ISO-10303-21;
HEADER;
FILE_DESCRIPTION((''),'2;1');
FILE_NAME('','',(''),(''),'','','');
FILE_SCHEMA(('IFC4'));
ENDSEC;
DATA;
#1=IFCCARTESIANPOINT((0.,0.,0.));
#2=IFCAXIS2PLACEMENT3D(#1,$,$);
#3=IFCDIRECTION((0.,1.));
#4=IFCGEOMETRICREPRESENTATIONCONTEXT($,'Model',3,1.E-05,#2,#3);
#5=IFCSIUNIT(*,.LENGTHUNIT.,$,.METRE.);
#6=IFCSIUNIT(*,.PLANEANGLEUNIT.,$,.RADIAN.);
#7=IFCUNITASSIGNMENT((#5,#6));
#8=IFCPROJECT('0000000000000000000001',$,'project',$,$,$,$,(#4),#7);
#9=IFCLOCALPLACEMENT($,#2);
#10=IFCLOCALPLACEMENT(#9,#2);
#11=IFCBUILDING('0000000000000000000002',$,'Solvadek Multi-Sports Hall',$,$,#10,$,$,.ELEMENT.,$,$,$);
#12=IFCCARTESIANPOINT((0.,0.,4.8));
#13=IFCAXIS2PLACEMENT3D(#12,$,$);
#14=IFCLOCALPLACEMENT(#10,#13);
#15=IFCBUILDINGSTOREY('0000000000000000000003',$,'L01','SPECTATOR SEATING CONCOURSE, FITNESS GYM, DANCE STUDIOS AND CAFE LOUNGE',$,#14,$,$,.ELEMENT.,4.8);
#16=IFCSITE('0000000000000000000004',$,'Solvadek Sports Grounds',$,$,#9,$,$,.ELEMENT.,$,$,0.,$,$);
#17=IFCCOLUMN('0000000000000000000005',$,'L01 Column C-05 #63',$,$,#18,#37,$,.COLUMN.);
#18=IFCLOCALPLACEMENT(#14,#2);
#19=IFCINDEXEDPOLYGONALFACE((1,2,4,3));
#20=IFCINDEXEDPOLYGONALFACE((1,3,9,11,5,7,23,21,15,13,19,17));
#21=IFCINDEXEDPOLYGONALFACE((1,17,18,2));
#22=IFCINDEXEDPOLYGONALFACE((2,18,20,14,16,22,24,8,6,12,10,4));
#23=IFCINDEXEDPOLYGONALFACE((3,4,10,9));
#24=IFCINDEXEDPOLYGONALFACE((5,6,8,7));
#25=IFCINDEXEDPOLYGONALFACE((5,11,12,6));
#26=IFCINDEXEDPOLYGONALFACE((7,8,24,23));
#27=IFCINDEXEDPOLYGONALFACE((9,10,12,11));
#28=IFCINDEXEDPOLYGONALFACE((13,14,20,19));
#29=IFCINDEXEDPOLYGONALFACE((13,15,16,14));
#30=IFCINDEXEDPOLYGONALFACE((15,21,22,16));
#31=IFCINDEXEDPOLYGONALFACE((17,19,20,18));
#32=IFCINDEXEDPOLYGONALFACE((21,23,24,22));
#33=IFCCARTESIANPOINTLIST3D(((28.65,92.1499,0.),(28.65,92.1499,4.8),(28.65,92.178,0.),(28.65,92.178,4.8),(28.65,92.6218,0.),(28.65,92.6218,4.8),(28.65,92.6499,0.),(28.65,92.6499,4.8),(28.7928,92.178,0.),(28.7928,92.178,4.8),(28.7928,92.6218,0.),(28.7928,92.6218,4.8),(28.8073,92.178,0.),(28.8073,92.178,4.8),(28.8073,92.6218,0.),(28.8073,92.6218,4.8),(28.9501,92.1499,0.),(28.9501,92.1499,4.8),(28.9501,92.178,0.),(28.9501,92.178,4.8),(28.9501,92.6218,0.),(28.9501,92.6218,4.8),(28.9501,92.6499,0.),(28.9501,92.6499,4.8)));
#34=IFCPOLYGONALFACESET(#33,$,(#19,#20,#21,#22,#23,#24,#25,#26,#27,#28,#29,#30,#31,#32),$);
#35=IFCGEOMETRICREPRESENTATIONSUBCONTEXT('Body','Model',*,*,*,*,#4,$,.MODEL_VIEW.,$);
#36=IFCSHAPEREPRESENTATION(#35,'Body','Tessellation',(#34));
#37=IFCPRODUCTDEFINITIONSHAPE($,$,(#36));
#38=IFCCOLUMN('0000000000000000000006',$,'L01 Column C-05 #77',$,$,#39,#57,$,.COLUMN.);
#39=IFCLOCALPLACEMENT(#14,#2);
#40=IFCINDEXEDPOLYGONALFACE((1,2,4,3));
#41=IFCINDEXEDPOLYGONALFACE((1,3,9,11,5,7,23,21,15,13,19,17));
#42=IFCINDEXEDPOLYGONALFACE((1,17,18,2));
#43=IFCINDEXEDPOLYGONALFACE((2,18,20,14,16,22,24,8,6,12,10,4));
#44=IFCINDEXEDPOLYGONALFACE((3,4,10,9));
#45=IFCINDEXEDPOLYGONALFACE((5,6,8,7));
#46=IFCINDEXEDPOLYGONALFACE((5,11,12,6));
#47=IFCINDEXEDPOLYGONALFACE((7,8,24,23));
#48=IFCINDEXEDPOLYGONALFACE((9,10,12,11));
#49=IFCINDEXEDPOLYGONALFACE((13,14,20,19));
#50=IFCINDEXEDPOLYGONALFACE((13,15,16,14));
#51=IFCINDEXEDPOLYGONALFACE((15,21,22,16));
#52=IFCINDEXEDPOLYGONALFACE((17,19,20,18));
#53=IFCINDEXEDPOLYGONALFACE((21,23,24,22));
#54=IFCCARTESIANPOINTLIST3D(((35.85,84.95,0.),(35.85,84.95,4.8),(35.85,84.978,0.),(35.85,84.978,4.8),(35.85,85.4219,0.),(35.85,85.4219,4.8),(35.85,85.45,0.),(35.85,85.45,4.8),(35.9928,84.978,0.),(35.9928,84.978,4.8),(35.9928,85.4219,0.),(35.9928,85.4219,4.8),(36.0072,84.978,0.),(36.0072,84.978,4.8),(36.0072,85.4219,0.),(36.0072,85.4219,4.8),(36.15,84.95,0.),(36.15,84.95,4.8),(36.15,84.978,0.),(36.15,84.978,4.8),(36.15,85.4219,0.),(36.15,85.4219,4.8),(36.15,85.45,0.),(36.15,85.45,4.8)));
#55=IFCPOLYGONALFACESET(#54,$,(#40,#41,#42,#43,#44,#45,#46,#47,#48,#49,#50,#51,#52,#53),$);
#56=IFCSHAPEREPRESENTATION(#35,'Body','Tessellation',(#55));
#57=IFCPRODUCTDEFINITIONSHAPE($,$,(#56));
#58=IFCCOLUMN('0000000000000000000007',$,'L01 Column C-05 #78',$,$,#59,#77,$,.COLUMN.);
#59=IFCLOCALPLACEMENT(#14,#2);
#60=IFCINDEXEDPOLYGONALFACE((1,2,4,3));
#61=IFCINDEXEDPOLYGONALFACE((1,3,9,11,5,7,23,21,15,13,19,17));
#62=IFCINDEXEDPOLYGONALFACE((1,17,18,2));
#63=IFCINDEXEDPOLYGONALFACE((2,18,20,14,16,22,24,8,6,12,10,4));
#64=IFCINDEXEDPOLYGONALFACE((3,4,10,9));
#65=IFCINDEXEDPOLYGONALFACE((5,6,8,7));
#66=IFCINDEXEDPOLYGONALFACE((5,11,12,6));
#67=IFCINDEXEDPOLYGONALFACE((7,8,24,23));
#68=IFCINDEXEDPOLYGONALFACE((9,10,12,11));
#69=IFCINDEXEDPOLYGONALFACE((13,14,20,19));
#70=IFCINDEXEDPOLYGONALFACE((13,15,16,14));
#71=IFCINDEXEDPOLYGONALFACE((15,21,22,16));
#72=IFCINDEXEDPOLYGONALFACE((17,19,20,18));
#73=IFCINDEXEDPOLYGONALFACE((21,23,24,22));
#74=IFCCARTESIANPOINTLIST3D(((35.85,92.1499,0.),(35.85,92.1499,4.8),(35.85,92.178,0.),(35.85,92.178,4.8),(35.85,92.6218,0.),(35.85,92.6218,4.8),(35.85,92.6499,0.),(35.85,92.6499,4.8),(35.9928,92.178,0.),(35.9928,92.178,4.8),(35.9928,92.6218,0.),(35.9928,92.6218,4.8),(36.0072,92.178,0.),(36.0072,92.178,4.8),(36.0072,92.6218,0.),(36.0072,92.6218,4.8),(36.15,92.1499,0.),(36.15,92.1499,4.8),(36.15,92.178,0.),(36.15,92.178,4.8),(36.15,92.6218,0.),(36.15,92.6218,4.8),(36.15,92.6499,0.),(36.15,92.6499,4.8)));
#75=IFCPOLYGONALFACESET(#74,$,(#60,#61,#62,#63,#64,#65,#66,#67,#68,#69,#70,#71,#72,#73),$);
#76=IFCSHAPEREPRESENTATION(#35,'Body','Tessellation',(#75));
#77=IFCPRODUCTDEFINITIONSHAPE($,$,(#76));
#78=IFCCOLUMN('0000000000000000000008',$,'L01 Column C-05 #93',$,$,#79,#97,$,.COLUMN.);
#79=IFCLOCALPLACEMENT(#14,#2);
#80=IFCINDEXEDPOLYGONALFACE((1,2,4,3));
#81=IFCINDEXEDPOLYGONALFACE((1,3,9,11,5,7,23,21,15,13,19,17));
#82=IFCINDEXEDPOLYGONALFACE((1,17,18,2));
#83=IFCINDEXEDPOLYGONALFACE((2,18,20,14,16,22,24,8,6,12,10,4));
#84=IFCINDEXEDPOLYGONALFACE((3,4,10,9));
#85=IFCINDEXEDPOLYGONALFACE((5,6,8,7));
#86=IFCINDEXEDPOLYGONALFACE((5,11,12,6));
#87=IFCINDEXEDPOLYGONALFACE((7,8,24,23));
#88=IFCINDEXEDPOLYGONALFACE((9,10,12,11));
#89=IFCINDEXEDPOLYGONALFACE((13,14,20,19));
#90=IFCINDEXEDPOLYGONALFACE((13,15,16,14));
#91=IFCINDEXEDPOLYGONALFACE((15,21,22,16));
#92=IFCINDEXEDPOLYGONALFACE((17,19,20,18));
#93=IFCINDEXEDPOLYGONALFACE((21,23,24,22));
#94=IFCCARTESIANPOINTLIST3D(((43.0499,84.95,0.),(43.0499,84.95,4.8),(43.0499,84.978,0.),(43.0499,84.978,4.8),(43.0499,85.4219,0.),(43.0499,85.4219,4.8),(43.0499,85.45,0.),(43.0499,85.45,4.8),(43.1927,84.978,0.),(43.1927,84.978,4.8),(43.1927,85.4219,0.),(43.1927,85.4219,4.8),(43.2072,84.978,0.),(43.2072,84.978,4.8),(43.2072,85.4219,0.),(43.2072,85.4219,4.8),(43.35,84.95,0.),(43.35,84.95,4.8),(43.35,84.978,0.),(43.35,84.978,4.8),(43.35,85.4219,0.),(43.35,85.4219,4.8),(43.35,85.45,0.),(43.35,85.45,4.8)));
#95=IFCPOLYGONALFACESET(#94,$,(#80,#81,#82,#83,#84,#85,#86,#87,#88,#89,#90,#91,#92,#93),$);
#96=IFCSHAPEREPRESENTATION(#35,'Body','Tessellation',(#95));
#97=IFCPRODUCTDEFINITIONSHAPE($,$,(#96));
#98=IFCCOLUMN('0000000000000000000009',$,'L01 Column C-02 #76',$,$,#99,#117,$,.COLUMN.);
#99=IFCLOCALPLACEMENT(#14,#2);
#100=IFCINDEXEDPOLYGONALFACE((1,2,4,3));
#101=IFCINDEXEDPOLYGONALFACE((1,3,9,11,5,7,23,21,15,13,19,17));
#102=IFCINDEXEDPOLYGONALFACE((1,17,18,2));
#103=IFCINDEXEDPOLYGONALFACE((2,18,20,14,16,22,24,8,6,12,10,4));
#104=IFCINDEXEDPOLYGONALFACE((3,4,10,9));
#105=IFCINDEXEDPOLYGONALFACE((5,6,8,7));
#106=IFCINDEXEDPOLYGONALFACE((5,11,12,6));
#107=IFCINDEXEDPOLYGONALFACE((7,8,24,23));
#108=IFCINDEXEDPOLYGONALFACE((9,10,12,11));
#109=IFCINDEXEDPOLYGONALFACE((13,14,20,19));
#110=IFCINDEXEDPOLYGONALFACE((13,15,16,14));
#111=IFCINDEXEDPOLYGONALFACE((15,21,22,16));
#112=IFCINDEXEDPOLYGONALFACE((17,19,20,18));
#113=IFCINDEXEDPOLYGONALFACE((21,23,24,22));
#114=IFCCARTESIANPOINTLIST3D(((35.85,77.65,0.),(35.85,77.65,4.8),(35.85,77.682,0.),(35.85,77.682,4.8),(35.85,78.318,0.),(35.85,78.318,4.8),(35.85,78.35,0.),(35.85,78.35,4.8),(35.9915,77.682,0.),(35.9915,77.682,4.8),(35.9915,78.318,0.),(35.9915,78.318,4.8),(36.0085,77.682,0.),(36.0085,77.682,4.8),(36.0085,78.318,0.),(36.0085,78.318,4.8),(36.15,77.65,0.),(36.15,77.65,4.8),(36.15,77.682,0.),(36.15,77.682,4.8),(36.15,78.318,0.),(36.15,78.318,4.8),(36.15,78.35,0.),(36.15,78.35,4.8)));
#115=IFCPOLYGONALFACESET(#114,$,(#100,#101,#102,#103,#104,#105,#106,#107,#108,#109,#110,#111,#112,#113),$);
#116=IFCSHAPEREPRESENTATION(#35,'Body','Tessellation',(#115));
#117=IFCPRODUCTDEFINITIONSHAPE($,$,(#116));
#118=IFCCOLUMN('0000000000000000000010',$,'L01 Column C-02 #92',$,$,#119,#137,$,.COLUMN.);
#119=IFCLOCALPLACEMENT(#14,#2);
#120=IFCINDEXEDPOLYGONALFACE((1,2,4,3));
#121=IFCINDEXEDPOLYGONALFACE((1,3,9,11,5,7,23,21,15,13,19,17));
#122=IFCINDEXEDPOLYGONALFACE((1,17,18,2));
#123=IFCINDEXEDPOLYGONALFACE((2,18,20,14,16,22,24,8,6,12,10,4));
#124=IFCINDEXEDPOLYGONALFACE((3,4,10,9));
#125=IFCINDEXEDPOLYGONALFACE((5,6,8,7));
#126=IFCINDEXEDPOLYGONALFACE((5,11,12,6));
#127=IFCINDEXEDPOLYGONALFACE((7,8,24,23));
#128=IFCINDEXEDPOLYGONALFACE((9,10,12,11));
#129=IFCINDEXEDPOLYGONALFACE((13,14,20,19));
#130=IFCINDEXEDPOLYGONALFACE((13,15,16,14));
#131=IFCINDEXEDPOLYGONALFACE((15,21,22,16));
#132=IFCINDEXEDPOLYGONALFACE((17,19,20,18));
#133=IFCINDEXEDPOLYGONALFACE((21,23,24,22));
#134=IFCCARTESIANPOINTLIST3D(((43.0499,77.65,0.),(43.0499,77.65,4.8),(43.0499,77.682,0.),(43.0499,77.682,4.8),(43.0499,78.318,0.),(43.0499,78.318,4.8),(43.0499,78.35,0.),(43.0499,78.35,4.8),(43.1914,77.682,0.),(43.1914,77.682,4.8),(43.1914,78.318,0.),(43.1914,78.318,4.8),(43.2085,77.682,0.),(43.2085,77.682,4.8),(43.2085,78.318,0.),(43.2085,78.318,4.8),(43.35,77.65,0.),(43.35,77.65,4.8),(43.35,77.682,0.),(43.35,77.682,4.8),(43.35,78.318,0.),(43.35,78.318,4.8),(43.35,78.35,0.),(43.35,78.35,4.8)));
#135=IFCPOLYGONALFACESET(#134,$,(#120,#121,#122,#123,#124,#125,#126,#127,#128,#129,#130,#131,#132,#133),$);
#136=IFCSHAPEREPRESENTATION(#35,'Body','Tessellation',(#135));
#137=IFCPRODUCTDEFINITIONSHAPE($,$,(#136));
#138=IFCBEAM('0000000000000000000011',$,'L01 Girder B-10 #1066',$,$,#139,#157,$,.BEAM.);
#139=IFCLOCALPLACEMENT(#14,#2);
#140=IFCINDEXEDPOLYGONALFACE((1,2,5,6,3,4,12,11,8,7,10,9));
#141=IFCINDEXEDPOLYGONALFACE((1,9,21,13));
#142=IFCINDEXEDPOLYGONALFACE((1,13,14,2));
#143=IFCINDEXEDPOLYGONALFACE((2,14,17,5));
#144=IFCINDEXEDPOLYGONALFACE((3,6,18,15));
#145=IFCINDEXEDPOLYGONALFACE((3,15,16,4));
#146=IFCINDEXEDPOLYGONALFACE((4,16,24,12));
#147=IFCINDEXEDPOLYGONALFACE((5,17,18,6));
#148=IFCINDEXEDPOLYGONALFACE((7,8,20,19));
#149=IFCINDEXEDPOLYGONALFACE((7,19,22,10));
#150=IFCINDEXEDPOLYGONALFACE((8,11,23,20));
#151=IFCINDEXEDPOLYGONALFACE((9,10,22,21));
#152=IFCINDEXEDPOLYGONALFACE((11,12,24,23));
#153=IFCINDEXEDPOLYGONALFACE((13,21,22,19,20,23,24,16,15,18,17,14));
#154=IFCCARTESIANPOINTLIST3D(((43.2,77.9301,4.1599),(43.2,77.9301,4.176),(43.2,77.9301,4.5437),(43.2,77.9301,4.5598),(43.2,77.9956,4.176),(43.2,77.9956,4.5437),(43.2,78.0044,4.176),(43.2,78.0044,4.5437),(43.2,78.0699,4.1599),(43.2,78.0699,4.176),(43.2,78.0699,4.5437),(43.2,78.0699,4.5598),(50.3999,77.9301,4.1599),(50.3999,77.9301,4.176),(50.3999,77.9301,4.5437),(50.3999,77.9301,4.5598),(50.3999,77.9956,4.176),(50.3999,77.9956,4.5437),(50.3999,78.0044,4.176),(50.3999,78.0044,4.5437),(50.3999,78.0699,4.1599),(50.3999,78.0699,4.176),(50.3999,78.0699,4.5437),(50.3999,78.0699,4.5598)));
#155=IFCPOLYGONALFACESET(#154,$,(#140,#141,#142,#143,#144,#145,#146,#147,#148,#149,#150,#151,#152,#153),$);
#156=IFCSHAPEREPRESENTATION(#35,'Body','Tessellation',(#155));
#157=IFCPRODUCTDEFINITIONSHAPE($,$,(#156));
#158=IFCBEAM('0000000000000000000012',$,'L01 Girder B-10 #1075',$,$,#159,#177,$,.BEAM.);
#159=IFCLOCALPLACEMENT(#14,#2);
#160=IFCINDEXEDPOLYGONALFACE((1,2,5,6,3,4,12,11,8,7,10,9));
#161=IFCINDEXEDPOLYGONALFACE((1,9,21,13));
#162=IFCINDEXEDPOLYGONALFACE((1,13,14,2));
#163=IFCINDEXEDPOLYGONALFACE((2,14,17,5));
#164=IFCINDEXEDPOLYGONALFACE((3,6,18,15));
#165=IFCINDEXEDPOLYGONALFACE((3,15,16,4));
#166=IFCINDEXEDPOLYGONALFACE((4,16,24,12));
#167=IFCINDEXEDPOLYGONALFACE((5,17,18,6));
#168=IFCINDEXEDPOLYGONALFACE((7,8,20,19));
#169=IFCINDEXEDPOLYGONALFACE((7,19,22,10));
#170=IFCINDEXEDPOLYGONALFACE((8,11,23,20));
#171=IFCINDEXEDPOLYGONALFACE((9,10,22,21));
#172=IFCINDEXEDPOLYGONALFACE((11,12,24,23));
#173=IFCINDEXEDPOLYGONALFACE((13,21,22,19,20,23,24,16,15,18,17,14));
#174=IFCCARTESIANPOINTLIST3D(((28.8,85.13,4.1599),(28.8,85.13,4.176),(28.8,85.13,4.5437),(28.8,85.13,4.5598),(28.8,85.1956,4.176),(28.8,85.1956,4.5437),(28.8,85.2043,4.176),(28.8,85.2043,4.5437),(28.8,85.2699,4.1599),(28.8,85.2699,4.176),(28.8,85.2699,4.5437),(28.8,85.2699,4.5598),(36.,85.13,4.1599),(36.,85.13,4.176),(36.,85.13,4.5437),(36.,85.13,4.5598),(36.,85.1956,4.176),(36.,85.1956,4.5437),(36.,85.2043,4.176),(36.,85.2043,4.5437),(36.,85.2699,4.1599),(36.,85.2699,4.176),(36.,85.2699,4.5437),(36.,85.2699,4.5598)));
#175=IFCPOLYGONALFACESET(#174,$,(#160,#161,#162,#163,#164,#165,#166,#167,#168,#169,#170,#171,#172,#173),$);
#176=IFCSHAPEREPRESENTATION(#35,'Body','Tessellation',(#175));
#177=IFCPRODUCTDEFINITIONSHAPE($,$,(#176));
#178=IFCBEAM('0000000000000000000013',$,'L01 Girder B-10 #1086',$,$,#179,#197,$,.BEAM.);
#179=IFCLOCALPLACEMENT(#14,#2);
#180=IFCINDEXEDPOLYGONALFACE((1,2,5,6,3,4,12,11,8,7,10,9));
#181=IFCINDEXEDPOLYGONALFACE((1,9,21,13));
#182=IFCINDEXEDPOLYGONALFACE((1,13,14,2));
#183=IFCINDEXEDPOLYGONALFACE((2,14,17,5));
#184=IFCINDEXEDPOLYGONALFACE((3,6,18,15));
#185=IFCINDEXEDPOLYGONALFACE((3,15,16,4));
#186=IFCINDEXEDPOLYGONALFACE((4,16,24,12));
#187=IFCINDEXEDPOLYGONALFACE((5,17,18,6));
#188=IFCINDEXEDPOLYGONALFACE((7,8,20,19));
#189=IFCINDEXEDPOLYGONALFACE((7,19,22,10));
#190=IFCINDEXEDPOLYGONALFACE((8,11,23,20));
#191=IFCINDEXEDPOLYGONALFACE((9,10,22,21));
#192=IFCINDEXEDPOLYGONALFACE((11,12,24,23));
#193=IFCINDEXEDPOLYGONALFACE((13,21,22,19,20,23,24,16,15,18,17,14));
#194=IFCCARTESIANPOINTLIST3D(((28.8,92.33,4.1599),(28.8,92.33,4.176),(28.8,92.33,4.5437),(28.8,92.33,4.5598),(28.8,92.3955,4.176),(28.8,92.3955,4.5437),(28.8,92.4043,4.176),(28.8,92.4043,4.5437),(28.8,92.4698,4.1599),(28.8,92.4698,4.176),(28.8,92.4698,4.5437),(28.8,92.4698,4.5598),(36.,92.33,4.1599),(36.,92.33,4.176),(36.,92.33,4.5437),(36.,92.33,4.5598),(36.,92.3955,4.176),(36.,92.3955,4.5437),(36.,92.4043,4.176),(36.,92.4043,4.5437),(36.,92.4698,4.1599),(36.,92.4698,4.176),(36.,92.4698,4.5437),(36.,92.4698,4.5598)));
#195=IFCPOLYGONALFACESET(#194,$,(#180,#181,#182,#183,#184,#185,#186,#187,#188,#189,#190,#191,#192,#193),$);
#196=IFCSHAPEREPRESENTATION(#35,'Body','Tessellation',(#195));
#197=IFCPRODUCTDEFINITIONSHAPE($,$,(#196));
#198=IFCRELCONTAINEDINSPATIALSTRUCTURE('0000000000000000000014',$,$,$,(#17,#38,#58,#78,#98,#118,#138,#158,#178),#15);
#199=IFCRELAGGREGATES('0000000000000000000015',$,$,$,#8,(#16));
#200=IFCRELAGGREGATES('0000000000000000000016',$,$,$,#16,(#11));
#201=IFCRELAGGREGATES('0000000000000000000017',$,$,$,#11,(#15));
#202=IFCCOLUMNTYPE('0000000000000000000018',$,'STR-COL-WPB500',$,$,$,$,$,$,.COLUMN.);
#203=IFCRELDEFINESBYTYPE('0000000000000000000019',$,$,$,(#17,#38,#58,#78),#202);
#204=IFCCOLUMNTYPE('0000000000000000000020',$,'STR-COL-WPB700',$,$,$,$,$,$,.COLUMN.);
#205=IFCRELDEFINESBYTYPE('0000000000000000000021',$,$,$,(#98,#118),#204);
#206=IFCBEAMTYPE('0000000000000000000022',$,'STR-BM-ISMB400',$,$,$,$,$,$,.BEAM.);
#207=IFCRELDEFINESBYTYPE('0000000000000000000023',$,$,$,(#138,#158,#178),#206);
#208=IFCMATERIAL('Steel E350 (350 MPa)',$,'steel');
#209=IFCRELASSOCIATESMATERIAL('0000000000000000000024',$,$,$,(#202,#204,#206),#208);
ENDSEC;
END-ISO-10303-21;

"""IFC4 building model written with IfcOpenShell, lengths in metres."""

from ifc_helpers import new_model, si_unit, direction, frame, origin, origin_2d, place, context, subcontext, project, spatial, i_section, extrude, material, material_profile, profile_set, type_object, element, save


model = new_model("IFC4")

# Units and contexts
model_context = context("Model", 3, precision=1e-05, world=origin(), true_north=direction((0.0, 1.0)))
body_context = subcontext(model_context, "Body", "Model", "MODEL_VIEW")
ifc_project = project(units=[si_unit("LENGTHUNIT", "METRE"), si_unit("PLANEANGLEUNIT", "RADIAN")], contexts=[model_context])

# Site, building, storey
site_placement = place(None, origin())
site = spatial("IfcSite", under=ifc_project, at=site_placement, Name="Solvadek Sports Grounds", CompositionType="ELEMENT", RefElevation=0.0)
building_placement = place(site_placement, origin())
building = spatial("IfcBuilding", under=site, at=building_placement, Name="Solvadek Multi-Sports Hall", CompositionType="ELEMENT")
storey_placement = place(building_placement, frame((0.0, 0.0, 4.8)))
storey = spatial("IfcBuildingStorey", under=building, at=storey_placement, Name="L01", Description="SPECTATOR SEATING CONCOURSE, FITNESS GYM, DANCE STUDIOS AND CAFE LOUNGE", CompositionType="ELEMENT", Elevation=4.8)

# Columns
ifc_material_1 = material(Name="Steel E350 (350 MPa)", Category="steel")
ifc_material_profile_1 = material_profile(ifc_material_1, i_section(OverallWidth=0.3, OverallDepth=0.5, WebThickness=0.0144, FlangeThickness=0.0281, at=origin_2d()), Name="WPB 500")
ifc_profile_set_1 = profile_set([ifc_material_profile_1], Name="Steel E350 (350 MPa)")
column_type_1 = type_object("IfcColumnType", Name="STR-COL-WPB500", PredefinedType="COLUMN", material=ifc_profile_set_1)
for number, where, z_axis, x_axis, name in (
    (1, (28.8, 92.3999, 0.0), (0.0, 0.0, 1.0), (1.0, 0.0, 0.0), "L01 Column C-05 #63"),
    (2, (36.0, 85.2, 0.0), (0.0, 0.0, 1.0), (1.0, 0.0, 0.0), "L01 Column C-05 #77"),
    (3, (36.0, 92.3999, 0.0), (0.0, 0.0, 1.0), (1.0, 0.0, 0.0), "L01 Column C-05 #78"),
    (4, (43.2, 85.2, 0.0), (0.0, 0.0, 1.0), (1.0, 0.0, 0.0), "L01 Column C-05 #93"),
):
    element("IfcColumn", number, at=place(storey_placement, frame(where, z_axis=z_axis, x_axis=x_axis)), inside=storey, type_object=column_type_1, Name=name, PredefinedType="COLUMN", context=body_context, shape_type="SweptSolid", body=[
        extrude(i_section(OverallWidth=0.3, OverallDepth=0.5, WebThickness=0.0144, FlangeThickness=0.0281, at=origin_2d()), origin(), (0.0, 0.0, 1.0), 4.8),
    ])
ifc_material_profile_2 = material_profile(ifc_material_1, i_section(OverallWidth=0.3, OverallDepth=0.7, WebThickness=0.0171, FlangeThickness=0.032, at=origin_2d()), Name="WPB 700")
ifc_profile_set_2 = profile_set([ifc_material_profile_2], Name="Steel E350 (350 MPa)")
column_type_2 = type_object("IfcColumnType", Name="STR-COL-WPB700", PredefinedType="COLUMN", material=ifc_profile_set_2)
for number, where, z_axis, x_axis, name in (
    (5, (36.0, 78.0, 0.0), (0.0, 0.0, 1.0), (1.0, 0.0, 0.0), "L01 Column C-02 #76"),
    (6, (43.2, 78.0, 0.0), (0.0, 0.0, 1.0), (1.0, 0.0, 0.0), "L01 Column C-02 #92"),
):
    element("IfcColumn", number, at=place(storey_placement, frame(where, z_axis=z_axis, x_axis=x_axis)), inside=storey, type_object=column_type_2, Name=name, PredefinedType="COLUMN", context=body_context, shape_type="SweptSolid", body=[
        extrude(i_section(OverallWidth=0.3, OverallDepth=0.7, WebThickness=0.0171, FlangeThickness=0.032, at=origin_2d()), origin(), (0.0, 0.0, 1.0), 4.8),
    ])

# Beams
ifc_material_profile_3 = material_profile(ifc_material_1, i_section(OverallWidth=0.1399, OverallDepth=0.3999, WebThickness=0.0088, FlangeThickness=0.0161, at=origin_2d()), Name="ISMB 400")
ifc_profile_set_3 = profile_set([ifc_material_profile_3], Name="Steel E350 (350 MPa)")
beam_type_1 = type_object("IfcBeamType", Name="STR-BM-ISMB400", PredefinedType="BEAM", material=ifc_profile_set_3)
for number, where, z_axis, x_axis, name in (
    (7, (43.2, 78.0, 4.3599), (1.0, 0.0, 0.0), (0.0, 1.0, 0.0), "L01 Girder B-10 #1066"),
    (8, (28.8, 85.2, 4.3599), (1.0, 0.0, 0.0), (0.0, 1.0, 0.0), "L01 Girder B-10 #1075"),
    (9, (28.8, 92.3999, 4.3599), (1.0, 0.0, 0.0), (0.0, 1.0, 0.0), "L01 Girder B-10 #1086"),
):
    element("IfcBeam", number, at=place(storey_placement, frame(where, z_axis=z_axis, x_axis=x_axis)), inside=storey, type_object=beam_type_1, Name=name, PredefinedType="BEAM", context=body_context, shape_type="SweptSolid", body=[
        extrude(i_section(OverallWidth=0.1399, OverallDepth=0.3999, WebThickness=0.0088, FlangeThickness=0.0161, at=origin_2d()), origin(), (0.0, 0.0, 1.0), 7.2),
    ])

save(model, "model.ifc")
